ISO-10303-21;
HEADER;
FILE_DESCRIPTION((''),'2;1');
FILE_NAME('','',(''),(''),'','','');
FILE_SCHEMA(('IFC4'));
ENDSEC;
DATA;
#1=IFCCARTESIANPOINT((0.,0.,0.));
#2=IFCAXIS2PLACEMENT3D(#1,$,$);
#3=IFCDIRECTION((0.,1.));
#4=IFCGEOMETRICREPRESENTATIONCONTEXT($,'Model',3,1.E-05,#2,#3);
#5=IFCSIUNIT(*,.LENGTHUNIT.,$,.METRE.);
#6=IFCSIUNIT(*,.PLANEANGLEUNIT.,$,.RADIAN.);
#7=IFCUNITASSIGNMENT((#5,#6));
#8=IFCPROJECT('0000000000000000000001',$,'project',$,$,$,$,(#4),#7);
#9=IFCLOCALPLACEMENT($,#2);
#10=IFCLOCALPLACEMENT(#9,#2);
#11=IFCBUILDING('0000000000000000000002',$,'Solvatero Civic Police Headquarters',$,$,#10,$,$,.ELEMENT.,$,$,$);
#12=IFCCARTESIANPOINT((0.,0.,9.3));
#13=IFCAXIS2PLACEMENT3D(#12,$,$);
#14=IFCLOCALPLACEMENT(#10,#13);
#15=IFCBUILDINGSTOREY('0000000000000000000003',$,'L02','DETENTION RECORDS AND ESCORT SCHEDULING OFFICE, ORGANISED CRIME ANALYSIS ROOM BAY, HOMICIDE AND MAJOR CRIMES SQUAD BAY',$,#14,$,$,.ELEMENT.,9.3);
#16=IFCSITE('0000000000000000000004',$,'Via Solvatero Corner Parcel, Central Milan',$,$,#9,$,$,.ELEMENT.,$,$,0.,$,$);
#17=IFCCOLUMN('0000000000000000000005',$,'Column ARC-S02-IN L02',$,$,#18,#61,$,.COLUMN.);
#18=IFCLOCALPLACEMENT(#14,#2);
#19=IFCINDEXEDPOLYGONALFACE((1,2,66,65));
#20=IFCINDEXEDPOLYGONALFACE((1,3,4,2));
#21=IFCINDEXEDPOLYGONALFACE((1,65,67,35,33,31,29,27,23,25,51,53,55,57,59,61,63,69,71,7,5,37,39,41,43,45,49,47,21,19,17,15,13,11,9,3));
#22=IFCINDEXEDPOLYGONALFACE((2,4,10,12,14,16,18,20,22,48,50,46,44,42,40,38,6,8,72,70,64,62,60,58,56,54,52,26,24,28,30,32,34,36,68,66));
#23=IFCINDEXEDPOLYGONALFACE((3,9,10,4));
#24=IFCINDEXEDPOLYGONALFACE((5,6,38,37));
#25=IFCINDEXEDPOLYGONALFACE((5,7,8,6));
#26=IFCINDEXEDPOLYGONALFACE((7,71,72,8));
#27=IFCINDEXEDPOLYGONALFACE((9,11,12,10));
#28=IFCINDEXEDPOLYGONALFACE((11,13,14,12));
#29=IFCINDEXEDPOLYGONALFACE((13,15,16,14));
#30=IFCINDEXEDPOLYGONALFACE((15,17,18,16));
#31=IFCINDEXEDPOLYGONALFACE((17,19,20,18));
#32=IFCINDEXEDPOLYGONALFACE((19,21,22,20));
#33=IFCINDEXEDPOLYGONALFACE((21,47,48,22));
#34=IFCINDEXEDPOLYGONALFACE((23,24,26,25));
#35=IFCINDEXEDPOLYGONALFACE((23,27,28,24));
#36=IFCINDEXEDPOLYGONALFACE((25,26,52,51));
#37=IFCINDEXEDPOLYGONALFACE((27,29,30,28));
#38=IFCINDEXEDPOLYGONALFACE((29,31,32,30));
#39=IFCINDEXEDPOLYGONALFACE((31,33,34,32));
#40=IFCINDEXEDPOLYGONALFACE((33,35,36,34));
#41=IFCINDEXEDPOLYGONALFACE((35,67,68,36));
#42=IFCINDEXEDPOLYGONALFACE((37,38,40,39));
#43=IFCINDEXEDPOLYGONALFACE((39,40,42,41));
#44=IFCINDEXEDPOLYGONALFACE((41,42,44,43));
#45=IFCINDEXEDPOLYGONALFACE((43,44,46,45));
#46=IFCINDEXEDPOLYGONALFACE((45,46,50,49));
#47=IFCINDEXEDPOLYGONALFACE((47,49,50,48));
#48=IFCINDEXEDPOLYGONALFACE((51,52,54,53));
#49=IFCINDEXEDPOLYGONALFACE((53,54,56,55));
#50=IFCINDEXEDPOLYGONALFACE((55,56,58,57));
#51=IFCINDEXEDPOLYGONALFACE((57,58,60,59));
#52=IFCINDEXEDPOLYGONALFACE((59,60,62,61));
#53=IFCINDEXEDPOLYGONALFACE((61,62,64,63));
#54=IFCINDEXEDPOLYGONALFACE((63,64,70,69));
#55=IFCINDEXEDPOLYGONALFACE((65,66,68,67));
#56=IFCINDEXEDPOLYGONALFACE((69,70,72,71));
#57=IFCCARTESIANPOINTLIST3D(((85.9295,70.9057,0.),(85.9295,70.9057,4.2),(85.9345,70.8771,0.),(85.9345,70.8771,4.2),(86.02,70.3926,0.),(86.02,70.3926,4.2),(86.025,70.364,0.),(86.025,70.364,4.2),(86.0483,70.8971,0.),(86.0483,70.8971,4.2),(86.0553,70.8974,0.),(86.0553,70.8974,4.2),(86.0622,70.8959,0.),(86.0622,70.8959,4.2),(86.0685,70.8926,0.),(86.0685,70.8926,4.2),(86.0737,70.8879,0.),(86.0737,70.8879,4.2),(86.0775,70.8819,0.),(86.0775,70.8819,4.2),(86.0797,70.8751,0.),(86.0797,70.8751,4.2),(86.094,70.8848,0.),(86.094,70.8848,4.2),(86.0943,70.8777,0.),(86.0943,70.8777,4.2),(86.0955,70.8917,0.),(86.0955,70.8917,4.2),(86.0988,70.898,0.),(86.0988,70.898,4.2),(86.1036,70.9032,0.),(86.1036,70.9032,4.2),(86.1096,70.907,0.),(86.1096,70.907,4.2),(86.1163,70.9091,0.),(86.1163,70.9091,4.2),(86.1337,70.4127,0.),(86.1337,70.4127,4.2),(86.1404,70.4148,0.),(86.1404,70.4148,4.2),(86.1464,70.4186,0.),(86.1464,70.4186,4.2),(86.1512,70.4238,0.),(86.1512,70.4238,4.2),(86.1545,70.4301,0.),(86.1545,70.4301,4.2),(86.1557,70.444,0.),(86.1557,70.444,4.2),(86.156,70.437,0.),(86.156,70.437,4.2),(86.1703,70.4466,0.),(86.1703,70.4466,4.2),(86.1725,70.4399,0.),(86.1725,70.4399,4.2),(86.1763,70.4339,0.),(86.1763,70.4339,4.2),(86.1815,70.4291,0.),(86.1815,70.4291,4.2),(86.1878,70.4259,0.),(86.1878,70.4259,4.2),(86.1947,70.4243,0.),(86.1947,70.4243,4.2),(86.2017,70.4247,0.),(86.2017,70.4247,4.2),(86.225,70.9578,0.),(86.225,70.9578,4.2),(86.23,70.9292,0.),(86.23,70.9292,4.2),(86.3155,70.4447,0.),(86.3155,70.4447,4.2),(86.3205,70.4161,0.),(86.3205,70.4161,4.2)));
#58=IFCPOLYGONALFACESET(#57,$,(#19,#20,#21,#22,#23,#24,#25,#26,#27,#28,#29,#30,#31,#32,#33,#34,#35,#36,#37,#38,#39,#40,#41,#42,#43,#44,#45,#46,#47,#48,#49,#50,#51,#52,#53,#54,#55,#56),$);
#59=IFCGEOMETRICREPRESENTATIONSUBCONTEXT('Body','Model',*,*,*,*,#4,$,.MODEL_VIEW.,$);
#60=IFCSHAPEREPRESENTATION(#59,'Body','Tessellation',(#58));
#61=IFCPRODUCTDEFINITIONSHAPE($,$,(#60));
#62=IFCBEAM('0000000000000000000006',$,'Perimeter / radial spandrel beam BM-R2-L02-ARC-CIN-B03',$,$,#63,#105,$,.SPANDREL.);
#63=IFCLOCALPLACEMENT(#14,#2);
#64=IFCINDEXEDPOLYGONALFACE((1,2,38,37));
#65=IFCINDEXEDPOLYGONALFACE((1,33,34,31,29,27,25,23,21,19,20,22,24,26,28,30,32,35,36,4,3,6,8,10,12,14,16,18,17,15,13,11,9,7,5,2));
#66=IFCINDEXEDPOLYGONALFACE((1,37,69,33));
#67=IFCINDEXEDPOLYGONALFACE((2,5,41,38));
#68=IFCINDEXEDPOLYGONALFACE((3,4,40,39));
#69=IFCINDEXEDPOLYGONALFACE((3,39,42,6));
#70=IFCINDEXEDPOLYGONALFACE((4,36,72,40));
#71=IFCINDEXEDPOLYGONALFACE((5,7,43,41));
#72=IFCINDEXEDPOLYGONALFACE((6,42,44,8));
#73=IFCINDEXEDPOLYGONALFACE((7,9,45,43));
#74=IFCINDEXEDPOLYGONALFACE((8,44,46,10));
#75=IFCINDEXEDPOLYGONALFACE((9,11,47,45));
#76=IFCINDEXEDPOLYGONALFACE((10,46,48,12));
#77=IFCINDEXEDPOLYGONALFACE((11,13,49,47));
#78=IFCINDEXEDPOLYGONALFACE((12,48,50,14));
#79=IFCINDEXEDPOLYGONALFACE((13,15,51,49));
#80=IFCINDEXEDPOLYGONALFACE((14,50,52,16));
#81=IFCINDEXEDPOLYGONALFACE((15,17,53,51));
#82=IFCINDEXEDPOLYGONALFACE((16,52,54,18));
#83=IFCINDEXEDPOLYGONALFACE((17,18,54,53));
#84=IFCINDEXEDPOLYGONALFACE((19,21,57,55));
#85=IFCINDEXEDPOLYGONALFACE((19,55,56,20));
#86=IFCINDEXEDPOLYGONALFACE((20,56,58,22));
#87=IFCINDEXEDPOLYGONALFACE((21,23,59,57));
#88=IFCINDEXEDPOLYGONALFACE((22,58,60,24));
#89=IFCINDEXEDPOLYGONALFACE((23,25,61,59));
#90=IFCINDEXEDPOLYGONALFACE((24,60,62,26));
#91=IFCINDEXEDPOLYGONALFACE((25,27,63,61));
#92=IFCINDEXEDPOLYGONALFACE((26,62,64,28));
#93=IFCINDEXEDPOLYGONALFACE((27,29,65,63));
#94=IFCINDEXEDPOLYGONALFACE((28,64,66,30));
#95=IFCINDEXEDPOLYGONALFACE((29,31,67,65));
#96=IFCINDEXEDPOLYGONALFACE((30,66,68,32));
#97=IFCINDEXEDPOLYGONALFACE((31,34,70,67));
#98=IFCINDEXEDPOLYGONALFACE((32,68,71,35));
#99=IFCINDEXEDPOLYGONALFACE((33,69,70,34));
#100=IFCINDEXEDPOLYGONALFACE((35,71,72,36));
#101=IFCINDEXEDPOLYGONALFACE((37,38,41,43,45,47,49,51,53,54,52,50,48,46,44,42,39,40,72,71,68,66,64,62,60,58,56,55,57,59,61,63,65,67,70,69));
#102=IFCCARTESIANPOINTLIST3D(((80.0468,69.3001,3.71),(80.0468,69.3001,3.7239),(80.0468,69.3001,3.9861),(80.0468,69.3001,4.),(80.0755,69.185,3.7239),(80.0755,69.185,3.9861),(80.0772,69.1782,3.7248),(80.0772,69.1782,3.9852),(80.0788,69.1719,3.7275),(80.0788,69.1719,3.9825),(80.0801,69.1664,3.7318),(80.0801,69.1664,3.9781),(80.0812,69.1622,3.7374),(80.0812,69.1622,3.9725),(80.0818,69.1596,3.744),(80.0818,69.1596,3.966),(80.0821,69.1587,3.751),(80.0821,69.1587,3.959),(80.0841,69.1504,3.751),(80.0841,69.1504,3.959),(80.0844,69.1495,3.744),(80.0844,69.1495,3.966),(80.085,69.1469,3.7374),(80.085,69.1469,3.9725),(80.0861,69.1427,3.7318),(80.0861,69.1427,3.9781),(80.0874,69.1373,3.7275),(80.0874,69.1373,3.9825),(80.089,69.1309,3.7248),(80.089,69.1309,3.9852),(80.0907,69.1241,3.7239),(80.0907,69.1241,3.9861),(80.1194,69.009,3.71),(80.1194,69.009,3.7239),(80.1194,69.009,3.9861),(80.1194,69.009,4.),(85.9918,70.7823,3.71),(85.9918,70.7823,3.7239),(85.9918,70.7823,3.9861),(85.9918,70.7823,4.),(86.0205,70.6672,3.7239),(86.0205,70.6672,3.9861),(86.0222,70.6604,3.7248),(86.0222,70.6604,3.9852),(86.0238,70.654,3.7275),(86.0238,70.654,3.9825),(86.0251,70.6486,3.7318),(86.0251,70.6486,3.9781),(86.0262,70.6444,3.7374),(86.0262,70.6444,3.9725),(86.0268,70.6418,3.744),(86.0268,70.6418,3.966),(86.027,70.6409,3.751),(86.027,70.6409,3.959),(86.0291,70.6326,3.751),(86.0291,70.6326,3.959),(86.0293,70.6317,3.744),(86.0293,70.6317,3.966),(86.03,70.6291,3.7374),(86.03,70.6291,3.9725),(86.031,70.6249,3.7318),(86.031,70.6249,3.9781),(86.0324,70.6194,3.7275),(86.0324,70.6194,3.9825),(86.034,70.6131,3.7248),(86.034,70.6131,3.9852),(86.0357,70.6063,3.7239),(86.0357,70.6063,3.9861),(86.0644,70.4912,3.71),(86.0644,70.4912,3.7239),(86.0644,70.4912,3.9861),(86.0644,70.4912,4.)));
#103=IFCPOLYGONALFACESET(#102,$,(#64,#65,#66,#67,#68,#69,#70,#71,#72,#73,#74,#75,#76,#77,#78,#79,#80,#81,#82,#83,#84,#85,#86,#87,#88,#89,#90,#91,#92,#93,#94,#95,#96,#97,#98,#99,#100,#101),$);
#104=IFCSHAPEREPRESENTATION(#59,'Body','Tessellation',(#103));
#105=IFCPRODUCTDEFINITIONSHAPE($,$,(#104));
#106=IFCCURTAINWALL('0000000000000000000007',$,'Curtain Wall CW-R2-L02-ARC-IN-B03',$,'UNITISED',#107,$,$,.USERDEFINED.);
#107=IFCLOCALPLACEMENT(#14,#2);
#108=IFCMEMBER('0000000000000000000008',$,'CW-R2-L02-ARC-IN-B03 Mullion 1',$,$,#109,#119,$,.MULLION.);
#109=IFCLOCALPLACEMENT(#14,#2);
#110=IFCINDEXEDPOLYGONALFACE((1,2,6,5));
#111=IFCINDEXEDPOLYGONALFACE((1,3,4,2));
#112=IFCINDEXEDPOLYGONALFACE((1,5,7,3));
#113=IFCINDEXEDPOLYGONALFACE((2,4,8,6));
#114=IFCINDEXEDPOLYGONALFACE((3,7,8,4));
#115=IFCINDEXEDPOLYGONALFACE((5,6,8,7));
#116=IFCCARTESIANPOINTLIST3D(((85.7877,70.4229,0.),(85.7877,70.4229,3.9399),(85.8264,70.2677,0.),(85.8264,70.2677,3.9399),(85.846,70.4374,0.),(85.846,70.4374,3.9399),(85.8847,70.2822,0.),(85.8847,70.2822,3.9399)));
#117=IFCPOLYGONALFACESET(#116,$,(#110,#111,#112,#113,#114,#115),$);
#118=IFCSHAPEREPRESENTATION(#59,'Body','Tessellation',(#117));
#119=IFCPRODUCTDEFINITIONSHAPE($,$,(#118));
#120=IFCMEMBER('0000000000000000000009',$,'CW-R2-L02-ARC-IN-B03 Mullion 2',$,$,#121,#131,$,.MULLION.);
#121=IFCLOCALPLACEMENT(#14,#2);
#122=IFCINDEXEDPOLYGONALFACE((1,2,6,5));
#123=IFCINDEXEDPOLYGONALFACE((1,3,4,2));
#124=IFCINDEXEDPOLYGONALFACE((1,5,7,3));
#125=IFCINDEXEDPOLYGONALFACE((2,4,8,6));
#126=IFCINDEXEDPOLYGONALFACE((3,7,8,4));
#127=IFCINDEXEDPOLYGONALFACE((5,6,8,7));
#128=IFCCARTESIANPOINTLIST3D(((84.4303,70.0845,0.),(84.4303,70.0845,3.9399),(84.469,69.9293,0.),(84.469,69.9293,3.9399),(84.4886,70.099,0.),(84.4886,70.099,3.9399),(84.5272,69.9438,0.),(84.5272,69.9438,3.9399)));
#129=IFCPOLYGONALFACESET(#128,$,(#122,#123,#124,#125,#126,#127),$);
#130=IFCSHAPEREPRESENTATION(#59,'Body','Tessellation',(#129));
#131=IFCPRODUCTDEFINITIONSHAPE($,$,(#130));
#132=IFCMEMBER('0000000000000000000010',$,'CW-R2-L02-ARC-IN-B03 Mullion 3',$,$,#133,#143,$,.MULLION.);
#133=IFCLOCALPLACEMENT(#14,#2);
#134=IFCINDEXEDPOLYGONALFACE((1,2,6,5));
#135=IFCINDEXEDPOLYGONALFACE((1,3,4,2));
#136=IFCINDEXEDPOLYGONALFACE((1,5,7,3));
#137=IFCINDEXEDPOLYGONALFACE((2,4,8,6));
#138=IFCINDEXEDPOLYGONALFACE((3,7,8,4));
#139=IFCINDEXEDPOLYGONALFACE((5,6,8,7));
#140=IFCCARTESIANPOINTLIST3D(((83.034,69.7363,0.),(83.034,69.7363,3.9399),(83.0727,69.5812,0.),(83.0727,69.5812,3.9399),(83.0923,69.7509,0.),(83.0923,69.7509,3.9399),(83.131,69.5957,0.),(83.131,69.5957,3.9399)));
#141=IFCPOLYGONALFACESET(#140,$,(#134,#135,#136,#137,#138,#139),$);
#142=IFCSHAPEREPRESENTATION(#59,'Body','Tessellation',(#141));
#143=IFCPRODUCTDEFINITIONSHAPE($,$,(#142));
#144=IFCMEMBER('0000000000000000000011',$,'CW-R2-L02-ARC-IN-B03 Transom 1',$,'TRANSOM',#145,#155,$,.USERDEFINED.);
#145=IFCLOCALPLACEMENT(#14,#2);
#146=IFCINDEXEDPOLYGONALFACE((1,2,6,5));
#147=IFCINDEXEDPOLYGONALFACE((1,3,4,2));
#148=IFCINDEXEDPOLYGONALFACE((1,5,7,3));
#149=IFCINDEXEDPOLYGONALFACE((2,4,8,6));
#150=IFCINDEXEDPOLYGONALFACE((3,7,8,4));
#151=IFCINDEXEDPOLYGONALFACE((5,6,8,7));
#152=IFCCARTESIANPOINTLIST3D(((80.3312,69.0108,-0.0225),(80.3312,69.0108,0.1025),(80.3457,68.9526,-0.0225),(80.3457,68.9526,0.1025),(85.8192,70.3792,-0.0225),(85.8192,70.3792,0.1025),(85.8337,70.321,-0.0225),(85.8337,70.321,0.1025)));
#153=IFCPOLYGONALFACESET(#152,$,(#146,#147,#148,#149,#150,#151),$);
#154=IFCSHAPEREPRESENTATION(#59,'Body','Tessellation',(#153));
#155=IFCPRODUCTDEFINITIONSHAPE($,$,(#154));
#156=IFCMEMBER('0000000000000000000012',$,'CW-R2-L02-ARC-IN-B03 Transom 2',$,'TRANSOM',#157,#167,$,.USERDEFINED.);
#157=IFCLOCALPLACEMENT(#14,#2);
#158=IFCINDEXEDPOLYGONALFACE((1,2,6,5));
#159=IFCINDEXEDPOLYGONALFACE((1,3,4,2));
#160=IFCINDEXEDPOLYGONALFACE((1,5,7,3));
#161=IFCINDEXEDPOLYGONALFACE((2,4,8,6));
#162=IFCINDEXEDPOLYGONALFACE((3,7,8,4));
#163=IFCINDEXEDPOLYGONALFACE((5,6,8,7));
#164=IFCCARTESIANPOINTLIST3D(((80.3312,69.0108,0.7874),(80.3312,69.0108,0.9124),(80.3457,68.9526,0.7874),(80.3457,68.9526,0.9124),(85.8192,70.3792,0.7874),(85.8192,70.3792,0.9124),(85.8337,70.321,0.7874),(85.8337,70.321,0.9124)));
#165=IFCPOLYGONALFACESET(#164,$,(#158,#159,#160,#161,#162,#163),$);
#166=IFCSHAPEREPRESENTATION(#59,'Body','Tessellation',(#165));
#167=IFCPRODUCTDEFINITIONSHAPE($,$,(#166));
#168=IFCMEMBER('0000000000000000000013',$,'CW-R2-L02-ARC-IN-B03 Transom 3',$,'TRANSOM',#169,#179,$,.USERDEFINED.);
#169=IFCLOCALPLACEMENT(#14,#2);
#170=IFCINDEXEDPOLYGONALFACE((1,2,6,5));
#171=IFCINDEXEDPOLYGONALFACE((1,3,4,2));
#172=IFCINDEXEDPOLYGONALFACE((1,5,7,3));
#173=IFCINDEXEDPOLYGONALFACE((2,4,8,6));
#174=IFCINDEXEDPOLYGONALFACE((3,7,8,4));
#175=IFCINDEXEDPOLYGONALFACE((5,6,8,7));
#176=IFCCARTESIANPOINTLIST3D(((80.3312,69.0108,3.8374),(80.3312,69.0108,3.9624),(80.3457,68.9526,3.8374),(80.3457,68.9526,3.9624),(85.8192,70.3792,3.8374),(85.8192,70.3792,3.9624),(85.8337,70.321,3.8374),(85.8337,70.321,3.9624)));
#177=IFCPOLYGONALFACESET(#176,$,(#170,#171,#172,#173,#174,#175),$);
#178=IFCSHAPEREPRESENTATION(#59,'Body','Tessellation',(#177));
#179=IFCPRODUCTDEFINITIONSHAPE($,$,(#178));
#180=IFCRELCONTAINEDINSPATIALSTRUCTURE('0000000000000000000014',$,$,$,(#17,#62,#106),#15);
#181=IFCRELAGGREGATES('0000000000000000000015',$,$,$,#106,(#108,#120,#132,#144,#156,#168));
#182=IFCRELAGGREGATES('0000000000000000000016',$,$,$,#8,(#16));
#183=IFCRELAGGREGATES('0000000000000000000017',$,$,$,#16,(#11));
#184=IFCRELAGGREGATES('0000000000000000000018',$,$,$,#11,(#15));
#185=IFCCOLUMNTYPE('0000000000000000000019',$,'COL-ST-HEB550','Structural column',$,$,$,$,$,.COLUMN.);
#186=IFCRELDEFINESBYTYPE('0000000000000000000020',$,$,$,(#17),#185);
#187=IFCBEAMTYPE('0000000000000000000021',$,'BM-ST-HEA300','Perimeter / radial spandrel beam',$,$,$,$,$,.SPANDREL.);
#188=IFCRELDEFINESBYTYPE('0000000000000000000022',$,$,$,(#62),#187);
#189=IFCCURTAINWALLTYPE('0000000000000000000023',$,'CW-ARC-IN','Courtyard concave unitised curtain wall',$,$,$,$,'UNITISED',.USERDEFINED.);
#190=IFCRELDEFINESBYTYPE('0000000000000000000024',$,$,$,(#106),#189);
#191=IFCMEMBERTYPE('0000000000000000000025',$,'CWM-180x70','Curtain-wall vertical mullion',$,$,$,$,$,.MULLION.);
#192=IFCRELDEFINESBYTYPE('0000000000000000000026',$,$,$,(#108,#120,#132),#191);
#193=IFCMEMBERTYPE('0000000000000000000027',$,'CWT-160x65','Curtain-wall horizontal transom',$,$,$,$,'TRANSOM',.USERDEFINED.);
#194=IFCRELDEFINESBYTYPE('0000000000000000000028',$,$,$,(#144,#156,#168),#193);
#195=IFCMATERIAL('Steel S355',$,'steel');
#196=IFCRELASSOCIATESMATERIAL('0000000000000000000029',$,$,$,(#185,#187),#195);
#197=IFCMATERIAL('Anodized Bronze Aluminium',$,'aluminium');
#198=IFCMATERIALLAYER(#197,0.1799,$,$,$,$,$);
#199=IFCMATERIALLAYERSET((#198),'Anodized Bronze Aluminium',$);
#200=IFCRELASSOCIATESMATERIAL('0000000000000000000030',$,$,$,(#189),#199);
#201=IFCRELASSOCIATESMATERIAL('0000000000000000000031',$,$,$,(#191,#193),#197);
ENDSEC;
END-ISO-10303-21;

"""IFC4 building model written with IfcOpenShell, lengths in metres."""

from ifc_helpers import new_model, si_unit, direction, frame, origin, origin_2d, place, context, subcontext, project, spatial, rectangle, i_section, extrude, material, layer, layer_set, material_profile, profile_set, type_object, element, aggregate, save


model = new_model("IFC4")

# Units and contexts
model_context = context("Model", 3, precision=1e-05, world=origin(), true_north=direction((0.0, 1.0)))
body_context = subcontext(model_context, "Body", "Model", "MODEL_VIEW")
ifc_project = project(units=[si_unit("LENGTHUNIT", "METRE"), si_unit("PLANEANGLEUNIT", "RADIAN")], contexts=[model_context])

# Site, building, storey
site_placement = place(None, origin())
site = spatial("IfcSite", under=ifc_project, at=site_placement, Name="Via Solvatero Corner Parcel, Central Milan", CompositionType="ELEMENT", RefElevation=0.0)
building_placement = place(site_placement, origin())
building = spatial("IfcBuilding", under=site, at=building_placement, Name="Solvatero Civic Police Headquarters", CompositionType="ELEMENT")
storey_placement = place(building_placement, frame((0.0, 0.0, 9.3)))
storey = spatial("IfcBuildingStorey", under=building, at=storey_placement, Name="L02", Description="DETENTION RECORDS AND ESCORT SCHEDULING OFFICE, ORGANISED CRIME ANALYSIS ROOM BAY, HOMICIDE AND MAJOR CRIMES SQUAD BAY", CompositionType="ELEMENT", Elevation=9.3)

# Column
ifc_material_1 = material(Name="Steel S355", Category="steel")
ifc_material_profile_1 = material_profile(ifc_material_1, i_section(OverallWidth=0.3, OverallDepth=0.55, WebThickness=0.0149, FlangeThickness=0.0291, FilletRadius=0.0271, at=origin_2d()), Name="HEB 550")
ifc_profile_set_1 = profile_set([ifc_material_profile_1], Name="Steel S355")
column_type = type_object("IfcColumnType", Name="COL-ST-HEB550", Description="Structural column", PredefinedType="COLUMN", material=ifc_profile_set_1)
column_placement = place(storey_placement, frame((86.125, 70.6609, 0.0), z_axis=(0.0, 0.0, 1.0), x_axis=(0.984808, 0.173648, 0.0)))
element("IfcColumn", 1, at=column_placement, inside=storey, type_object=column_type, Name="Column ARC-S02-IN L02", PredefinedType="COLUMN", context=body_context, shape_type="SweptSolid", body=[
    extrude(i_section(OverallWidth=0.3, OverallDepth=0.55, WebThickness=0.0149, FlangeThickness=0.0291, FilletRadius=0.0271, at=origin_2d()), origin(), (0.0, 0.0, 1.0), 4.2),
])

# Beam
ifc_material_profile_2 = material_profile(ifc_material_1, i_section(OverallWidth=0.3, OverallDepth=0.29, WebThickness=0.0085, FlangeThickness=0.0139, FilletRadius=0.0271, at=origin_2d()), Name="HEA 300")
ifc_profile_set_2 = profile_set([ifc_material_profile_2], Name="Steel S355")
beam_type = type_object("IfcBeamType", Name="BM-ST-HEA300", Description="Perimeter / radial spandrel beam", PredefinedType="SPANDREL", material=ifc_profile_set_2)
beam_placement = place(storey_placement, frame((86.0281, 70.6367, 3.855), z_axis=(-0.970299, -0.241907, 0.0), x_axis=(0.241907, -0.970299, 0.0)))
element("IfcBeam", 2, at=beam_placement, inside=storey, type_object=beam_type, Name="Perimeter / radial spandrel beam BM-R2-L02-ARC-CIN-B03", PredefinedType="SPANDREL", context=body_context, shape_type="SweptSolid", body=[
    extrude(i_section(OverallWidth=0.3, OverallDepth=0.29, WebThickness=0.0085, FlangeThickness=0.0139, FilletRadius=0.0271, at=origin_2d()), origin(), (0.0, 0.0, 1.0), 6.127),
])

# Curtain wall, members
ifc_material_2 = material(Name="Anodized Bronze Aluminium", Category="aluminium")
ifc_layer_1 = layer(ifc_material_2, 0.1799)
ifc_layer_set_1 = layer_set([ifc_layer_1], Name="Anodized Bronze Aluminium")
curtain_wall_type = type_object("IfcCurtainWallType", Name="CW-ARC-IN", Description="Courtyard concave unitised curtain wall", ElementType="UNITISED", PredefinedType="USERDEFINED", material=ifc_layer_set_1)
curtain_wall_placement = place(storey_placement, origin())
curtain_wall = element("IfcCurtainWall", 3, at=curtain_wall_placement, inside=storey, type_object=curtain_wall_type, Name="Curtain Wall CW-R2-L02-ARC-IN-B03", ObjectType="UNITISED", PredefinedType="USERDEFINED")
ifc_material_profile_3 = material_profile(ifc_material_2, rectangle(XDim=0.0601, YDim=0.1599, at=origin_2d()), Name="ALU MULLION 60x160")
ifc_profile_set_3 = profile_set([ifc_material_profile_3], Name="Anodized Bronze Aluminium")
member_type_1 = type_object("IfcMemberType", Name="CWM-180x70", Description="Curtain-wall vertical mullion", PredefinedType="MULLION", material=ifc_profile_set_3)
member_1_placement = place(storey_placement, frame((85.8362, 70.3525, 0.0), z_axis=(0.0, 0.0, 1.0), x_axis=(-0.970296, -0.241922, 0.0)))
member_1 = element("IfcMember", 4, at=member_1_placement, type_object=member_type_1, Name="CW-R2-L02-ARC-IN-B03 Mullion 1", PredefinedType="MULLION", context=body_context, shape_type="SweptSolid", body=[
    extrude(rectangle(XDim=0.0601, YDim=0.1599, at=origin_2d()), origin(), (0.0, 0.0, 1.0), 3.9399),
])
member_2_placement = place(storey_placement, frame((84.4788, 70.0142, 0.0), z_axis=(0.0, 0.0, 1.0), x_axis=(-0.970296, -0.241922, 0.0)))
member_2 = element("IfcMember", 5, at=member_2_placement, type_object=member_type_1, Name="CW-R2-L02-ARC-IN-B03 Mullion 2", PredefinedType="MULLION", context=body_context, shape_type="SweptSolid", body=[
    extrude(rectangle(XDim=0.0601, YDim=0.1599, at=origin_2d()), origin(), (0.0, 0.0, 1.0), 3.9399),
])
member_3_placement = place(storey_placement, frame((83.0825, 69.666, 0.0), z_axis=(0.0, 0.0, 1.0), x_axis=(-0.970296, -0.241922, 0.0)))
member_3 = element("IfcMember", 6, at=member_3_placement, type_object=member_type_1, Name="CW-R2-L02-ARC-IN-B03 Mullion 3", PredefinedType="MULLION", context=body_context, shape_type="SweptSolid", body=[
    extrude(rectangle(XDim=0.0601, YDim=0.1599, at=origin_2d()), origin(), (0.0, 0.0, 1.0), 3.9399),
])
ifc_material_profile_4 = material_profile(ifc_material_2, rectangle(XDim=0.0601, YDim=0.125, at=origin_2d()), Name="ALU TRANSOM 60x125")
ifc_profile_set_4 = profile_set([ifc_material_profile_4], Name="Anodized Bronze Aluminium")
member_type_2 = type_object("IfcMemberType", Name="CWT-160x65", Description="Curtain-wall horizontal transom", ElementType="TRANSOM", PredefinedType="USERDEFINED", material=ifc_profile_set_4)
member_4_placement = place(storey_placement, frame((85.8264, 70.3501, 0.04), z_axis=(-0.970292, -0.241936, 0.0), x_axis=(0.241936, -0.970292, 0.0)))
member_4 = element("IfcMember", 7, at=member_4_placement, type_object=member_type_2, Name="CW-R2-L02-ARC-IN-B03 Transom 1", ObjectType="TRANSOM", PredefinedType="USERDEFINED", context=body_context, shape_type="SweptSolid", body=[
    extrude(rectangle(XDim=0.0601, YDim=0.125, at=origin_2d()), origin(), (0.0, 0.0, 1.0), 5.656),
])
member_5_placement = place(storey_placement, frame((85.8264, 70.3501, 0.8499), z_axis=(-0.970292, -0.241936, 0.0), x_axis=(0.241936, -0.970292, 0.0)))
member_5 = element("IfcMember", 8, at=member_5_placement, type_object=member_type_2, Name="CW-R2-L02-ARC-IN-B03 Transom 2", ObjectType="TRANSOM", PredefinedType="USERDEFINED", context=body_context, shape_type="SweptSolid", body=[
    extrude(rectangle(XDim=0.0601, YDim=0.125, at=origin_2d()), origin(), (0.0, 0.0, 1.0), 5.656),
])
member_6_placement = place(storey_placement, frame((85.8264, 70.3501, 3.8999), z_axis=(-0.970292, -0.241936, 0.0), x_axis=(0.241936, -0.970292, 0.0)))
member_6 = element("IfcMember", 9, at=member_6_placement, type_object=member_type_2, Name="CW-R2-L02-ARC-IN-B03 Transom 3", ObjectType="TRANSOM", PredefinedType="USERDEFINED", context=body_context, shape_type="SweptSolid", body=[
    extrude(rectangle(XDim=0.0601, YDim=0.125, at=origin_2d()), origin(), (0.0, 0.0, 1.0), 5.656),
])
aggregate(curtain_wall, [member_1, member_2, member_3, member_4, member_5, member_6])

save(model, "model.ifc")
